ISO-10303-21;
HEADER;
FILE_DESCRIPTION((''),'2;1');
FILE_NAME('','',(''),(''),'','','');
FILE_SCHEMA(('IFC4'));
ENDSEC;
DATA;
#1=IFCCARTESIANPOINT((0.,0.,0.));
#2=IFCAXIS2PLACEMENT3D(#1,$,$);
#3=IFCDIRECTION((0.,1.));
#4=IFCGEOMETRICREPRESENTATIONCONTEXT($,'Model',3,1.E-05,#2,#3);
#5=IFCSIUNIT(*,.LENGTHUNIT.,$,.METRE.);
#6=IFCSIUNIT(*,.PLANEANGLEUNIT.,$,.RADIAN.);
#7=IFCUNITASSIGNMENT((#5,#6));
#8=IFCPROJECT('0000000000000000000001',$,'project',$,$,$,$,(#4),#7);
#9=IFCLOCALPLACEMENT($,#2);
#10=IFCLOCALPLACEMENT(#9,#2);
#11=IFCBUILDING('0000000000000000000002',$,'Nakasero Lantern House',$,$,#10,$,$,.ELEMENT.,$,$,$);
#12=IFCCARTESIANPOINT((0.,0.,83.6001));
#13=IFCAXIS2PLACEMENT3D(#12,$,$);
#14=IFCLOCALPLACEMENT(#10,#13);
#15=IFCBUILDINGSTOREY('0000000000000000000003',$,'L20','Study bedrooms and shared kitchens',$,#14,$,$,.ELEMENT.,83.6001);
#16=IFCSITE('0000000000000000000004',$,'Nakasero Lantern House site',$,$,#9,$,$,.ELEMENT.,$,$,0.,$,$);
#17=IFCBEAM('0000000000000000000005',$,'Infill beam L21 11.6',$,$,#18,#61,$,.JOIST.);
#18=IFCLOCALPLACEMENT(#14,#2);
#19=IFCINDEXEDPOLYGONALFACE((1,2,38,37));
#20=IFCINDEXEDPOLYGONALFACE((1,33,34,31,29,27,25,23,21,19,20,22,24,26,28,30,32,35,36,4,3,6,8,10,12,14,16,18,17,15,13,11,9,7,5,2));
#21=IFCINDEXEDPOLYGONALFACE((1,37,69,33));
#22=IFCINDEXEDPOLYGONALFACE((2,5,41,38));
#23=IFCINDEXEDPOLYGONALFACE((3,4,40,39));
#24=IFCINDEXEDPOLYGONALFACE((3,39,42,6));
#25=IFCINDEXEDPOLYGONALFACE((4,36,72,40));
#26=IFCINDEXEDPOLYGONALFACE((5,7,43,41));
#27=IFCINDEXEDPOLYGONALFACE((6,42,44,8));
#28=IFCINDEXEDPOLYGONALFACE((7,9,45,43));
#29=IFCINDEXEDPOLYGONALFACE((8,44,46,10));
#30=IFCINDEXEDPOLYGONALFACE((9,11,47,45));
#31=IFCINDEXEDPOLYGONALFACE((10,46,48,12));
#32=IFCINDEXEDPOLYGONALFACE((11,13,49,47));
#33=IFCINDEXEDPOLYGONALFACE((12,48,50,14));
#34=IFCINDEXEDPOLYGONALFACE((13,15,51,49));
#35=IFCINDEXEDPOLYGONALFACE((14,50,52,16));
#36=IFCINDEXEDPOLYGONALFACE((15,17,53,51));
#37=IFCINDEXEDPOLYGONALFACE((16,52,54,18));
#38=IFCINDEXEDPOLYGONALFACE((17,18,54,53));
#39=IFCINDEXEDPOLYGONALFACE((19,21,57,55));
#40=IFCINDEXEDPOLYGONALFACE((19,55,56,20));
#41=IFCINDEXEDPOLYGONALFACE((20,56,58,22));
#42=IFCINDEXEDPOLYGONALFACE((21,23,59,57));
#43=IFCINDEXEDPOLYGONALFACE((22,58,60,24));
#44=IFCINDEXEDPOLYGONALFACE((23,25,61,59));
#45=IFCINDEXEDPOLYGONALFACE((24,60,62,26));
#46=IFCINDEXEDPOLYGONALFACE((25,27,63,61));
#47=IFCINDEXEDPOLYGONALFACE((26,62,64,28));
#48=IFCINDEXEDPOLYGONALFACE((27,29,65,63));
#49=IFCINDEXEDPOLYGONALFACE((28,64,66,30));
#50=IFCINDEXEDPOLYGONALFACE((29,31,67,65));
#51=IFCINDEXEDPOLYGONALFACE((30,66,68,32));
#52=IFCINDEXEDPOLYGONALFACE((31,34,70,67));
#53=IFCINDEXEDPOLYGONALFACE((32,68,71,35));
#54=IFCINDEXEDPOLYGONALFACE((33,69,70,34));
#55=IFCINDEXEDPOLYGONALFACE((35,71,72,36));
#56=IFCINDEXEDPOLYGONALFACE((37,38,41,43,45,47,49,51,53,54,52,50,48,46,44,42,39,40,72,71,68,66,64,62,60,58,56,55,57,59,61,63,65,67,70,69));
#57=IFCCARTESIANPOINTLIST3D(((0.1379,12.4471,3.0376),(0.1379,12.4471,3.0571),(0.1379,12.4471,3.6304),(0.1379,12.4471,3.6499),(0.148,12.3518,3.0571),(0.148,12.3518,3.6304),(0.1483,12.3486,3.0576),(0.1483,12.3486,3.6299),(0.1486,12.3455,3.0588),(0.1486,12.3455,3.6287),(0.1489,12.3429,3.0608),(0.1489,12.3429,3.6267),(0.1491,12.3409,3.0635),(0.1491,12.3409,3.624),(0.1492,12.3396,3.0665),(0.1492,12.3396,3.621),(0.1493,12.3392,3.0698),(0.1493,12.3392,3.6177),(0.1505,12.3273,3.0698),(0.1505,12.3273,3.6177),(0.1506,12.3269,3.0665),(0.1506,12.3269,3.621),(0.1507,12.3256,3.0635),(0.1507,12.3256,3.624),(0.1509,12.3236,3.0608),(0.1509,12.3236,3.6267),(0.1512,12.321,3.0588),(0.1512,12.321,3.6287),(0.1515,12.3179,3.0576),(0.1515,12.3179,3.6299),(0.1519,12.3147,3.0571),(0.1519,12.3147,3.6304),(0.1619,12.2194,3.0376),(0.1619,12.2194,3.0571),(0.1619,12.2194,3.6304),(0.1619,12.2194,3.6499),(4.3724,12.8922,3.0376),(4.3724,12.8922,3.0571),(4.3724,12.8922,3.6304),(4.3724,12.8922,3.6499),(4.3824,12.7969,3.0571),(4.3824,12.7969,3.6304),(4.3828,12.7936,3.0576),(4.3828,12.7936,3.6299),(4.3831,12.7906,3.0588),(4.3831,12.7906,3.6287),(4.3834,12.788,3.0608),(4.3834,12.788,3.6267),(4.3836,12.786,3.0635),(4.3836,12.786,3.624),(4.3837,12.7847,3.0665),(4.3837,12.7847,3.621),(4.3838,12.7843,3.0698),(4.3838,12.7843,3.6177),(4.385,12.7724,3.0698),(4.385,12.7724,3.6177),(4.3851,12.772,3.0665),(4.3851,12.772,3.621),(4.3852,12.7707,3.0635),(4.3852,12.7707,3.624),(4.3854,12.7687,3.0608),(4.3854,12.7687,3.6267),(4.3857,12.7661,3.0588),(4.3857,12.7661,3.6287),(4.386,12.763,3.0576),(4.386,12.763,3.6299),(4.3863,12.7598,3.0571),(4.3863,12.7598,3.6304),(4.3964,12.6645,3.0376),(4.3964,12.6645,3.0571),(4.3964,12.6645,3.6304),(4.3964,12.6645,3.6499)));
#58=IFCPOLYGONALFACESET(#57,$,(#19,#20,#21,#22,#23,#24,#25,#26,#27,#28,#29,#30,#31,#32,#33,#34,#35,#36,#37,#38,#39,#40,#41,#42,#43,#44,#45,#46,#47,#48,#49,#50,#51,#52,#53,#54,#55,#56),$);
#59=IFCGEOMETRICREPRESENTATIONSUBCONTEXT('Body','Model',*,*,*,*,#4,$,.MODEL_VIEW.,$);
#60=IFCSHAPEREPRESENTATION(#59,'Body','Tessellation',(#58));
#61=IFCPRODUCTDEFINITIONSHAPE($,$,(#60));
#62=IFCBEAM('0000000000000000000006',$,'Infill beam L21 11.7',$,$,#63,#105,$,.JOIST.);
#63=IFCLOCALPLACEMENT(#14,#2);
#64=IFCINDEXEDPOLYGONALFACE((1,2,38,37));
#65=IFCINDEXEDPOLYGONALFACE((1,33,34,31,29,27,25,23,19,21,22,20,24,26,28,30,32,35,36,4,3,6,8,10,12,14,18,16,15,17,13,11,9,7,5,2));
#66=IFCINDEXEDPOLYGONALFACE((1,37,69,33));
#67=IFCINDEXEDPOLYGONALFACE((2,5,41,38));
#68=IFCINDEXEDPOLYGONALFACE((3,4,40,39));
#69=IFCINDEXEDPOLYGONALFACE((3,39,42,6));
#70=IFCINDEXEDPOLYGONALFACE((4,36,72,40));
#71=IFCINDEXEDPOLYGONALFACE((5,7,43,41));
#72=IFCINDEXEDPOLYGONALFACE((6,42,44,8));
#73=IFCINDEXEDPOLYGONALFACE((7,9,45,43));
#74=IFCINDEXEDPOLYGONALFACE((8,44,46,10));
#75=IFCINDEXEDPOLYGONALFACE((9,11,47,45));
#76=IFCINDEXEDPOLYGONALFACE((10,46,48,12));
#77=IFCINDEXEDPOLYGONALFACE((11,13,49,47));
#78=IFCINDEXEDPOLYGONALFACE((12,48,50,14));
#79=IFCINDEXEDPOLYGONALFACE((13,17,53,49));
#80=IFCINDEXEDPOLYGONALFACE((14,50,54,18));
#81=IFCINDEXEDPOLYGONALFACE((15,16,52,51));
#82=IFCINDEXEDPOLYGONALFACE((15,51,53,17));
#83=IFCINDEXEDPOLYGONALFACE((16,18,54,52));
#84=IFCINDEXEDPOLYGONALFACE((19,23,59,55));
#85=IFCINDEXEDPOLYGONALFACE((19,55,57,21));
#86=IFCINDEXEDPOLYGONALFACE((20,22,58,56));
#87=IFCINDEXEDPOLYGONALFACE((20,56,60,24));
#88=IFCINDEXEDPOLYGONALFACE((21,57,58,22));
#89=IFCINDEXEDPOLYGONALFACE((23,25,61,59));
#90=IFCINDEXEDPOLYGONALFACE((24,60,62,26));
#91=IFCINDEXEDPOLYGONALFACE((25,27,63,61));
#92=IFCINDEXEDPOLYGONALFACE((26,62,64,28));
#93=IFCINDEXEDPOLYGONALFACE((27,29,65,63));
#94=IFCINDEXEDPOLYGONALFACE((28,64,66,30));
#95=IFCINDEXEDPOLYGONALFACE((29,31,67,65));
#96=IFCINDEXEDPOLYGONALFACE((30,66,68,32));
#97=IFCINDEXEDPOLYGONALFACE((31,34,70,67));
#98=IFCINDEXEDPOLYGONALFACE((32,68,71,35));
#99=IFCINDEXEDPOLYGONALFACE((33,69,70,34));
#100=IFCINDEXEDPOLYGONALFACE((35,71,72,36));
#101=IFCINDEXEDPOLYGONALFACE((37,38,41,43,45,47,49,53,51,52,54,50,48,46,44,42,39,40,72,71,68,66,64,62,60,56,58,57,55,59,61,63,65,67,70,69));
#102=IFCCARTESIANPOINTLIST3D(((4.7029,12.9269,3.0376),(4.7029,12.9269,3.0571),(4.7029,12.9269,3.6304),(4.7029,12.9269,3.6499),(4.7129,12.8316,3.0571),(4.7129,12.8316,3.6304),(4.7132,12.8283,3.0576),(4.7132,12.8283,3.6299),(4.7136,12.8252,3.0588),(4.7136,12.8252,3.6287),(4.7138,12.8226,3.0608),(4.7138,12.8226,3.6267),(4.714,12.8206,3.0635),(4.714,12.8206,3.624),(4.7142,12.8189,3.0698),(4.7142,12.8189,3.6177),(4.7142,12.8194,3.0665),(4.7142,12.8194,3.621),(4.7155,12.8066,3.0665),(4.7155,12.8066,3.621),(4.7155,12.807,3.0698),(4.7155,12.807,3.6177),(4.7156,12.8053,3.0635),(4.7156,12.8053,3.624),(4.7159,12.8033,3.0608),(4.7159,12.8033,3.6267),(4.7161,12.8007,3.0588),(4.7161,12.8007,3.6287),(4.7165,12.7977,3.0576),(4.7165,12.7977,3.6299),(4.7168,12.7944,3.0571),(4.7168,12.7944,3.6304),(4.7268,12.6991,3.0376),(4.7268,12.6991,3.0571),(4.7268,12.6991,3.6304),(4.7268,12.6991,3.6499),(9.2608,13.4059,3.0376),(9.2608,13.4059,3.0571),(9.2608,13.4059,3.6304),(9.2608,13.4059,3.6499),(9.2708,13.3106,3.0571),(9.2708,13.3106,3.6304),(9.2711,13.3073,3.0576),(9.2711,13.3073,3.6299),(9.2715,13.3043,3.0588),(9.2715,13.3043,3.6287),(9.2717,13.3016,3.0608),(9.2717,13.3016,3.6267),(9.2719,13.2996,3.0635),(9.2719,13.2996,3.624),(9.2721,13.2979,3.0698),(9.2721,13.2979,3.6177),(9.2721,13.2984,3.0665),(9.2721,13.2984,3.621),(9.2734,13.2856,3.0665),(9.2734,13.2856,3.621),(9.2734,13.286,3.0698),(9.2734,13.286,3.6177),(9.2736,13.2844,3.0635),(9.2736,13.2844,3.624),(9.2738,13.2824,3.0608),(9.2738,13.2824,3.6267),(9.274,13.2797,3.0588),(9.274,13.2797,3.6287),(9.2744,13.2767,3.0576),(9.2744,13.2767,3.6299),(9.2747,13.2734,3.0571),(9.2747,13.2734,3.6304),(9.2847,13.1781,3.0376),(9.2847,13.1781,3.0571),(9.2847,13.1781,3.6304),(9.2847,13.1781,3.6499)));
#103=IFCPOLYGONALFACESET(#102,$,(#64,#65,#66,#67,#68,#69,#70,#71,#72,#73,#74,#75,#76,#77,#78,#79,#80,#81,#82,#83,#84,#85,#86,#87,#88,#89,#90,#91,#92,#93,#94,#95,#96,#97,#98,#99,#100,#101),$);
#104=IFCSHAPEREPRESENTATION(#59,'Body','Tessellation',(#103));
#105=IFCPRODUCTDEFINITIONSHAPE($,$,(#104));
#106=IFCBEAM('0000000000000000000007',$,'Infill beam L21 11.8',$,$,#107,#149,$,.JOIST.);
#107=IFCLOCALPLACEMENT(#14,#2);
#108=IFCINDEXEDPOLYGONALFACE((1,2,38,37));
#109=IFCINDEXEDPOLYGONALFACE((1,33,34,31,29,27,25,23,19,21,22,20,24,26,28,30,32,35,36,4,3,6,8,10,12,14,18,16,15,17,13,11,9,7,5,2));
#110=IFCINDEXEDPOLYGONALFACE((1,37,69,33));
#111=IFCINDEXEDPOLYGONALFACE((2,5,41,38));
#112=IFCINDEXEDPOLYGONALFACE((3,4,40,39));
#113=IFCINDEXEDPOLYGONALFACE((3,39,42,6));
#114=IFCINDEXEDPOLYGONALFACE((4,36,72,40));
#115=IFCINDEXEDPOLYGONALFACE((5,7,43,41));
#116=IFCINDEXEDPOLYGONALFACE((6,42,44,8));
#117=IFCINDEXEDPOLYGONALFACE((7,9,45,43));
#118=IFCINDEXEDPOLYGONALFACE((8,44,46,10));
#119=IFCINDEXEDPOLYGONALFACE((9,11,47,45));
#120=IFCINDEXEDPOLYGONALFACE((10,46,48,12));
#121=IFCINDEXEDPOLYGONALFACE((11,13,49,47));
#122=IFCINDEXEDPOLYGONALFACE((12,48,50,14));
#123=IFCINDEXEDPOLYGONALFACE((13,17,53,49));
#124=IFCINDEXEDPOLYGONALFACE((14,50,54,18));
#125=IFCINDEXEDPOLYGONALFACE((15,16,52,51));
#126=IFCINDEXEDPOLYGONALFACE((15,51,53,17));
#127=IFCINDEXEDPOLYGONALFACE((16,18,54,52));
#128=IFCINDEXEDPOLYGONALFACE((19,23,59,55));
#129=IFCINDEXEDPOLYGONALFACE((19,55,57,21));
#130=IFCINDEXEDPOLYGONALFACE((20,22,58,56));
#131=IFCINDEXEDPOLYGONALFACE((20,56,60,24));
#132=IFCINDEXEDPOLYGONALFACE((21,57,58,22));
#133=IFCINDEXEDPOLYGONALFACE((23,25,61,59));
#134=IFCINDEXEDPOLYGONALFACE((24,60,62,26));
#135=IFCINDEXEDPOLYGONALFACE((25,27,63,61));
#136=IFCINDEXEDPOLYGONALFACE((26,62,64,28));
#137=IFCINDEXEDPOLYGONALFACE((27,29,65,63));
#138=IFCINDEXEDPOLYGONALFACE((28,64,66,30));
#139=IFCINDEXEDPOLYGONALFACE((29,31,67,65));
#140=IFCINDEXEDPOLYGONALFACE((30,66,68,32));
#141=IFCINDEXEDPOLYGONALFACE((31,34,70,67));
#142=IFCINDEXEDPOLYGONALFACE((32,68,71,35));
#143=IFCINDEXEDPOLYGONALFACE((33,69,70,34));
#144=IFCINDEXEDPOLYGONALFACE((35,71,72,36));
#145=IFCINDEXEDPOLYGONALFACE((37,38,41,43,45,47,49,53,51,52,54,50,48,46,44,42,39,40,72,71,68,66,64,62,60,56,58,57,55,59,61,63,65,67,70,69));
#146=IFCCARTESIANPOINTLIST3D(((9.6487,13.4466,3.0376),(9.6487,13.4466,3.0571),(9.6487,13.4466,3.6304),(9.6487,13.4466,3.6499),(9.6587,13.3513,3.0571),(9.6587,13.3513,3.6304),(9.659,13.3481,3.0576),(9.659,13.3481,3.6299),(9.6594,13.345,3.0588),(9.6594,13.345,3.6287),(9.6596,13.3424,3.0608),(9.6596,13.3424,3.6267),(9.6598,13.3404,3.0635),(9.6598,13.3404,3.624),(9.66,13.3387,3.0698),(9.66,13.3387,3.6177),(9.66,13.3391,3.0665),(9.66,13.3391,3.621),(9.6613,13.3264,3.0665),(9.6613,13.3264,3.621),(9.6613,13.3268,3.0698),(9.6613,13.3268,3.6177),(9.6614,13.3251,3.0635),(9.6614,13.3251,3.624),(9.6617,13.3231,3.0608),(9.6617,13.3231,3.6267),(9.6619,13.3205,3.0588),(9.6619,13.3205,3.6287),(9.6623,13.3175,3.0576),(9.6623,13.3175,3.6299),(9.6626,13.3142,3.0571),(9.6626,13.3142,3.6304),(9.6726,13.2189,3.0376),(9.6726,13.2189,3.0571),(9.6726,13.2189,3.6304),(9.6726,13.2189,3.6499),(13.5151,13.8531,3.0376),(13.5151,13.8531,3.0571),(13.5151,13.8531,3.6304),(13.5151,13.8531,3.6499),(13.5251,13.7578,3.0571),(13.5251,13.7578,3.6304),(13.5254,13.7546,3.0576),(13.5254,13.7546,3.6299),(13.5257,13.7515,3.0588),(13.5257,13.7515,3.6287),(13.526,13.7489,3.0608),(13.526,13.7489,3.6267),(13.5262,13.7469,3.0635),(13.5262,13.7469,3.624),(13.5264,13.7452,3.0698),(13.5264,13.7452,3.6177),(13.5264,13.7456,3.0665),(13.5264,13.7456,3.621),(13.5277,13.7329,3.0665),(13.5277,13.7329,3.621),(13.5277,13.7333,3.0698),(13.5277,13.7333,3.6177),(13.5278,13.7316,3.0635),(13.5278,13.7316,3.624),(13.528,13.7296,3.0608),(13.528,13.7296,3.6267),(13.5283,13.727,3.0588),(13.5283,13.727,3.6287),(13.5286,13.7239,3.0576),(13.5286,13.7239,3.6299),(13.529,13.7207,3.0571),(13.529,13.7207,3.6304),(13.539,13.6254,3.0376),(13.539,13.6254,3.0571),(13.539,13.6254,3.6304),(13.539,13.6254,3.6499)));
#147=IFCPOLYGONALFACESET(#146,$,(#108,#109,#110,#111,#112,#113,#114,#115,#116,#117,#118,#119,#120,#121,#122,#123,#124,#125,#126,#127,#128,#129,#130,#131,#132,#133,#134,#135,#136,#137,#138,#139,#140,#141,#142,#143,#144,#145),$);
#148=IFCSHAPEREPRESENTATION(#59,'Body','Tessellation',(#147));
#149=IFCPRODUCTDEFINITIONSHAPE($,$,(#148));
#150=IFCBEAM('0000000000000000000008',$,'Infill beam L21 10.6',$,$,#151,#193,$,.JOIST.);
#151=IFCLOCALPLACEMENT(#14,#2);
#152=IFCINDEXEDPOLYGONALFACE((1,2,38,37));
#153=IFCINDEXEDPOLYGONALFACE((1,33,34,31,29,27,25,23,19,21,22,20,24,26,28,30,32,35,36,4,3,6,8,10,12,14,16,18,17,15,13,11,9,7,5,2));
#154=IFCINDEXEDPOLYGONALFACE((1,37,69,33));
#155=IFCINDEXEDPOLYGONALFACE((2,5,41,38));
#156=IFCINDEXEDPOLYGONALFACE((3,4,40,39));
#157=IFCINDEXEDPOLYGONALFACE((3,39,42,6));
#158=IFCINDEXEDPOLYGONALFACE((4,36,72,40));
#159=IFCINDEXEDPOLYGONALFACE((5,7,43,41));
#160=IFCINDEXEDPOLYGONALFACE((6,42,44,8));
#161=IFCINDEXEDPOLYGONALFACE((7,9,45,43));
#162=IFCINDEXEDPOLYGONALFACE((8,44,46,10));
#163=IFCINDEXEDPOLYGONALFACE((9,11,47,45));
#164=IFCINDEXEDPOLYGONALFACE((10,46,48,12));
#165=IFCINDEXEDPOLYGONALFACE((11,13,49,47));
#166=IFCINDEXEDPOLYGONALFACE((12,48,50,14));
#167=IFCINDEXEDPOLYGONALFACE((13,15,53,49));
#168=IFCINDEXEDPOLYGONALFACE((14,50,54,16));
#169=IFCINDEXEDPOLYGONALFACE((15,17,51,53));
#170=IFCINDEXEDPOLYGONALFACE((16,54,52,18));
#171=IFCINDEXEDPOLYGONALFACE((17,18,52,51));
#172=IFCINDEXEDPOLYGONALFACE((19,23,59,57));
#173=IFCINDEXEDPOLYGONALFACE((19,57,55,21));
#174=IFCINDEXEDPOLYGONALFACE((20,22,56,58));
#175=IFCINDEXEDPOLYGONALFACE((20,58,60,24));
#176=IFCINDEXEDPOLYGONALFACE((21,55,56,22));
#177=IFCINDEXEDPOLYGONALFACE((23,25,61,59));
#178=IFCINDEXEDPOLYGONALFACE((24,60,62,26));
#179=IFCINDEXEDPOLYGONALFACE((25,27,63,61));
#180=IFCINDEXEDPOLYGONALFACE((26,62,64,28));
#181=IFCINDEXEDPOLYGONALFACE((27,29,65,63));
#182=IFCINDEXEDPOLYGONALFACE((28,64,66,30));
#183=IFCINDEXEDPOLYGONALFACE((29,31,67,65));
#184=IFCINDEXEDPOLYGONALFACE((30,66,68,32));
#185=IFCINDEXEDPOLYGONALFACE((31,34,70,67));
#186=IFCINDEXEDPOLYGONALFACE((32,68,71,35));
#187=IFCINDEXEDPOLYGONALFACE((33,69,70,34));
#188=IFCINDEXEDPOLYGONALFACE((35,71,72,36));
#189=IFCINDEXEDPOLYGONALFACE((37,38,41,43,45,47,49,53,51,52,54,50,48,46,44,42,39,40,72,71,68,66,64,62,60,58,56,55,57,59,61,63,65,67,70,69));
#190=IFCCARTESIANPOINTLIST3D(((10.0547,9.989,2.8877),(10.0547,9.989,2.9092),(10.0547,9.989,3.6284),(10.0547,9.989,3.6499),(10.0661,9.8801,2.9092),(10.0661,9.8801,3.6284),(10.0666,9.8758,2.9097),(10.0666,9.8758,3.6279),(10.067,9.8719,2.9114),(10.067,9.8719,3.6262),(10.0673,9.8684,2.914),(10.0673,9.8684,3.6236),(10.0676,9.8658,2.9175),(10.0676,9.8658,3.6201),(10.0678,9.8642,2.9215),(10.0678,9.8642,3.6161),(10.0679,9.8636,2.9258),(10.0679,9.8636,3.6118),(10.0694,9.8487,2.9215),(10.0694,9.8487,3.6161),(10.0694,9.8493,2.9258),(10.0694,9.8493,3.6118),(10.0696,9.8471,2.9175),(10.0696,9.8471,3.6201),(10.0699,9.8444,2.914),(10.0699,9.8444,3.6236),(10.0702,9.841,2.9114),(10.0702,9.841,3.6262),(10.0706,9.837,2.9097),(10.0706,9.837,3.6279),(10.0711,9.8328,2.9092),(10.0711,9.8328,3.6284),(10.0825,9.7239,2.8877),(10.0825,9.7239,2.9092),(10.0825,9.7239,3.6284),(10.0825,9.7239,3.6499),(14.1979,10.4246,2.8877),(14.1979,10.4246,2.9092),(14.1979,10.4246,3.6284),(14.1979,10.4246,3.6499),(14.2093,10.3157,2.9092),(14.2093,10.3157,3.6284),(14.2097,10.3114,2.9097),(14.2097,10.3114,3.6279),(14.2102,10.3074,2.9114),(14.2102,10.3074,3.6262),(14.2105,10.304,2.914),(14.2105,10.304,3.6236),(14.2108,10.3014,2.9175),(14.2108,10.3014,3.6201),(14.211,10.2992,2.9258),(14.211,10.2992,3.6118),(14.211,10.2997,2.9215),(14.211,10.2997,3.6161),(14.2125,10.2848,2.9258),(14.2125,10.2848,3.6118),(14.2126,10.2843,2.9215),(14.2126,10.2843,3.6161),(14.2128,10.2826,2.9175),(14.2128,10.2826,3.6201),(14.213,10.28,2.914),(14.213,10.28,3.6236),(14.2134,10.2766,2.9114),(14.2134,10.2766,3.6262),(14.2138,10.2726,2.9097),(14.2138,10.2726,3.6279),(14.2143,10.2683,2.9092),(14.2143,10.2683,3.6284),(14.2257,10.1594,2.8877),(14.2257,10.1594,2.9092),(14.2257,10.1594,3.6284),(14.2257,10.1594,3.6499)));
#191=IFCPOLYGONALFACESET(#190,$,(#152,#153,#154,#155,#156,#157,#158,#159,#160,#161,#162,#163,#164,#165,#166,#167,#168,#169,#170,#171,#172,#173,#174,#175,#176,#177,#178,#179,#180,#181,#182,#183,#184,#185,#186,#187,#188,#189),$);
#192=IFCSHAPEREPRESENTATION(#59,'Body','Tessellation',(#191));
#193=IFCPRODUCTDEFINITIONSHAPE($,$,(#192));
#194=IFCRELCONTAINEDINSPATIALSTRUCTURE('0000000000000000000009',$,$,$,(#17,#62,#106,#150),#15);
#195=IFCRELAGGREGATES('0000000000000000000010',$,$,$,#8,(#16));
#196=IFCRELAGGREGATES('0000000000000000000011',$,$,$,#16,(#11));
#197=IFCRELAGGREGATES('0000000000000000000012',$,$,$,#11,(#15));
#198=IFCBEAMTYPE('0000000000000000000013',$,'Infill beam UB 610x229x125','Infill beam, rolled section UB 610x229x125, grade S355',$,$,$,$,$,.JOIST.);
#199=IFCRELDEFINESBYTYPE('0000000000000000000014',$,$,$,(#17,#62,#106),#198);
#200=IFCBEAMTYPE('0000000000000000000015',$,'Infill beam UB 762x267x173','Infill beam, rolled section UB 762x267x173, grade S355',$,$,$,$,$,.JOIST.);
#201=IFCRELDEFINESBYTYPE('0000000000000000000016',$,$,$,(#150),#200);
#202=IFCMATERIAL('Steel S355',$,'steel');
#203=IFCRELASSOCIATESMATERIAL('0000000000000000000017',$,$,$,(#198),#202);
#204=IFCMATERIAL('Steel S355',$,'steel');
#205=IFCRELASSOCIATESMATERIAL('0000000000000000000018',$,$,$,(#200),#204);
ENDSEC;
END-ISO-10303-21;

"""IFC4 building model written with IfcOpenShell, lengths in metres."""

from ifc_helpers import new_model, si_unit, direction, frame, origin, origin_2d, place, context, subcontext, project, spatial, i_section, extrude, material, material_profile, profile_set, type_object, element, save


model = new_model("IFC4")

# Units and contexts
model_context = context("Model", 3, precision=1e-05, world=origin(), true_north=direction((0.0, 1.0)))
body_context = subcontext(model_context, "Body", "Model", "MODEL_VIEW")
ifc_project = project(units=[si_unit("LENGTHUNIT", "METRE"), si_unit("PLANEANGLEUNIT", "RADIAN")], contexts=[model_context])

# Site, building, storey
site_placement = place(None, origin())
site = spatial("IfcSite", under=ifc_project, at=site_placement, Name="Nakasero Lantern House site", CompositionType="ELEMENT", RefElevation=0.0)
building_placement = place(site_placement, origin())
building = spatial("IfcBuilding", under=site, at=building_placement, Name="Nakasero Lantern House", CompositionType="ELEMENT")
storey_placement = place(building_placement, frame((0.0, 0.0, 83.6001)))
storey = spatial("IfcBuildingStorey", under=building, at=storey_placement, Name="L20", Description="Study bedrooms and shared kitchens", CompositionType="ELEMENT", Elevation=83.6001)

# Beams
ifc_material_1 = material(Name="Steel S355", Category="steel")
ifc_material_profile_1 = material_profile(ifc_material_1, i_section(OverallWidth=0.229, OverallDepth=0.6123, WebThickness=0.012, FlangeThickness=0.0195, FilletRadius=0.0127, at=origin_2d()), Name="UB 610x229x125")
ifc_profile_set_1 = profile_set([ifc_material_profile_1], Name="Steel S355")
beam_type_1 = type_object("IfcBeamType", Name="Infill beam UB 610x229x125", Description="Infill beam, rolled section UB 610x229x125, grade S355", PredefinedType="JOIST", material=ifc_profile_set_1)
beam_1_placement = place(storey_placement, frame((0.1499, 12.3333, 3.3438), z_axis=(0.994521, 0.104533, 0.0), x_axis=(-0.104533, 0.994521, 0.0)))
element("IfcBeam", 1, at=beam_1_placement, inside=storey, type_object=beam_type_1, Name="Infill beam L21 11.6", PredefinedType="JOIST", context=body_context, shape_type="SweptSolid", body=[
    extrude(i_section(OverallWidth=0.229, OverallDepth=0.6123, WebThickness=0.012, FlangeThickness=0.0195, FilletRadius=0.0127, at=origin_2d()), origin(), (0.0, 0.0, 1.0), 4.2578),
])
beam_2_placement = place(storey_placement, frame((4.7148, 12.813, 3.3438), z_axis=(0.994523, 0.104518, 0.0), x_axis=(-0.104518, 0.994523, 0.0)))
element("IfcBeam", 2, at=beam_2_placement, inside=storey, type_object=beam_type_1, Name="Infill beam L21 11.7", PredefinedType="JOIST", context=body_context, shape_type="SweptSolid", body=[
    extrude(i_section(OverallWidth=0.229, OverallDepth=0.6123, WebThickness=0.012, FlangeThickness=0.0195, FilletRadius=0.0127, at=origin_2d()), origin(), (0.0, 0.0, 1.0), 4.583),
])
beam_3_placement = place(storey_placement, frame((9.6606, 13.3328, 3.3438), z_axis=(0.994519, 0.104557, 0.0), x_axis=(-0.104557, 0.994519, 0.0)))
element("IfcBeam", 3, at=beam_3_placement, inside=storey, type_object=beam_type_1, Name="Infill beam L21 11.8", PredefinedType="JOIST", context=body_context, shape_type="SweptSolid", body=[
    extrude(i_section(OverallWidth=0.229, OverallDepth=0.6123, WebThickness=0.012, FlangeThickness=0.0195, FilletRadius=0.0127, at=origin_2d()), origin(), (0.0, 0.0, 1.0), 3.8877),
])
ifc_material_2 = material(Name="Steel S355", Category="steel")
ifc_material_profile_2 = material_profile(ifc_material_2, i_section(OverallWidth=0.2666, OverallDepth=0.7622, WebThickness=0.0144, FlangeThickness=0.0215, FilletRadius=0.0166, at=origin_2d()), Name="UB 762x267x173")
ifc_profile_set_2 = profile_set([ifc_material_profile_2], Name="Steel S355")
beam_type_2 = type_object("IfcBeamType", Name="Infill beam UB 762x267x173", Description="Infill beam, rolled section UB 762x267x173, grade S355", PredefinedType="JOIST", material=ifc_profile_set_2)
beam_4_placement = place(storey_placement, frame((10.0686, 9.8564, 3.2688), z_axis=(0.99452, 0.104551, 0.0), x_axis=(-0.104551, 0.99452, 0.0)))
element("IfcBeam", 4, at=beam_4_placement, inside=storey, type_object=beam_type_2, Name="Infill beam L21 10.6", PredefinedType="JOIST", context=body_context, shape_type="SweptSolid", body=[
    extrude(i_section(OverallWidth=0.2666, OverallDepth=0.7622, WebThickness=0.0144, FlangeThickness=0.0215, FilletRadius=0.0166, at=origin_2d()), origin(), (0.0, 0.0, 1.0), 4.166),
])

save(model, "model.ifc")
